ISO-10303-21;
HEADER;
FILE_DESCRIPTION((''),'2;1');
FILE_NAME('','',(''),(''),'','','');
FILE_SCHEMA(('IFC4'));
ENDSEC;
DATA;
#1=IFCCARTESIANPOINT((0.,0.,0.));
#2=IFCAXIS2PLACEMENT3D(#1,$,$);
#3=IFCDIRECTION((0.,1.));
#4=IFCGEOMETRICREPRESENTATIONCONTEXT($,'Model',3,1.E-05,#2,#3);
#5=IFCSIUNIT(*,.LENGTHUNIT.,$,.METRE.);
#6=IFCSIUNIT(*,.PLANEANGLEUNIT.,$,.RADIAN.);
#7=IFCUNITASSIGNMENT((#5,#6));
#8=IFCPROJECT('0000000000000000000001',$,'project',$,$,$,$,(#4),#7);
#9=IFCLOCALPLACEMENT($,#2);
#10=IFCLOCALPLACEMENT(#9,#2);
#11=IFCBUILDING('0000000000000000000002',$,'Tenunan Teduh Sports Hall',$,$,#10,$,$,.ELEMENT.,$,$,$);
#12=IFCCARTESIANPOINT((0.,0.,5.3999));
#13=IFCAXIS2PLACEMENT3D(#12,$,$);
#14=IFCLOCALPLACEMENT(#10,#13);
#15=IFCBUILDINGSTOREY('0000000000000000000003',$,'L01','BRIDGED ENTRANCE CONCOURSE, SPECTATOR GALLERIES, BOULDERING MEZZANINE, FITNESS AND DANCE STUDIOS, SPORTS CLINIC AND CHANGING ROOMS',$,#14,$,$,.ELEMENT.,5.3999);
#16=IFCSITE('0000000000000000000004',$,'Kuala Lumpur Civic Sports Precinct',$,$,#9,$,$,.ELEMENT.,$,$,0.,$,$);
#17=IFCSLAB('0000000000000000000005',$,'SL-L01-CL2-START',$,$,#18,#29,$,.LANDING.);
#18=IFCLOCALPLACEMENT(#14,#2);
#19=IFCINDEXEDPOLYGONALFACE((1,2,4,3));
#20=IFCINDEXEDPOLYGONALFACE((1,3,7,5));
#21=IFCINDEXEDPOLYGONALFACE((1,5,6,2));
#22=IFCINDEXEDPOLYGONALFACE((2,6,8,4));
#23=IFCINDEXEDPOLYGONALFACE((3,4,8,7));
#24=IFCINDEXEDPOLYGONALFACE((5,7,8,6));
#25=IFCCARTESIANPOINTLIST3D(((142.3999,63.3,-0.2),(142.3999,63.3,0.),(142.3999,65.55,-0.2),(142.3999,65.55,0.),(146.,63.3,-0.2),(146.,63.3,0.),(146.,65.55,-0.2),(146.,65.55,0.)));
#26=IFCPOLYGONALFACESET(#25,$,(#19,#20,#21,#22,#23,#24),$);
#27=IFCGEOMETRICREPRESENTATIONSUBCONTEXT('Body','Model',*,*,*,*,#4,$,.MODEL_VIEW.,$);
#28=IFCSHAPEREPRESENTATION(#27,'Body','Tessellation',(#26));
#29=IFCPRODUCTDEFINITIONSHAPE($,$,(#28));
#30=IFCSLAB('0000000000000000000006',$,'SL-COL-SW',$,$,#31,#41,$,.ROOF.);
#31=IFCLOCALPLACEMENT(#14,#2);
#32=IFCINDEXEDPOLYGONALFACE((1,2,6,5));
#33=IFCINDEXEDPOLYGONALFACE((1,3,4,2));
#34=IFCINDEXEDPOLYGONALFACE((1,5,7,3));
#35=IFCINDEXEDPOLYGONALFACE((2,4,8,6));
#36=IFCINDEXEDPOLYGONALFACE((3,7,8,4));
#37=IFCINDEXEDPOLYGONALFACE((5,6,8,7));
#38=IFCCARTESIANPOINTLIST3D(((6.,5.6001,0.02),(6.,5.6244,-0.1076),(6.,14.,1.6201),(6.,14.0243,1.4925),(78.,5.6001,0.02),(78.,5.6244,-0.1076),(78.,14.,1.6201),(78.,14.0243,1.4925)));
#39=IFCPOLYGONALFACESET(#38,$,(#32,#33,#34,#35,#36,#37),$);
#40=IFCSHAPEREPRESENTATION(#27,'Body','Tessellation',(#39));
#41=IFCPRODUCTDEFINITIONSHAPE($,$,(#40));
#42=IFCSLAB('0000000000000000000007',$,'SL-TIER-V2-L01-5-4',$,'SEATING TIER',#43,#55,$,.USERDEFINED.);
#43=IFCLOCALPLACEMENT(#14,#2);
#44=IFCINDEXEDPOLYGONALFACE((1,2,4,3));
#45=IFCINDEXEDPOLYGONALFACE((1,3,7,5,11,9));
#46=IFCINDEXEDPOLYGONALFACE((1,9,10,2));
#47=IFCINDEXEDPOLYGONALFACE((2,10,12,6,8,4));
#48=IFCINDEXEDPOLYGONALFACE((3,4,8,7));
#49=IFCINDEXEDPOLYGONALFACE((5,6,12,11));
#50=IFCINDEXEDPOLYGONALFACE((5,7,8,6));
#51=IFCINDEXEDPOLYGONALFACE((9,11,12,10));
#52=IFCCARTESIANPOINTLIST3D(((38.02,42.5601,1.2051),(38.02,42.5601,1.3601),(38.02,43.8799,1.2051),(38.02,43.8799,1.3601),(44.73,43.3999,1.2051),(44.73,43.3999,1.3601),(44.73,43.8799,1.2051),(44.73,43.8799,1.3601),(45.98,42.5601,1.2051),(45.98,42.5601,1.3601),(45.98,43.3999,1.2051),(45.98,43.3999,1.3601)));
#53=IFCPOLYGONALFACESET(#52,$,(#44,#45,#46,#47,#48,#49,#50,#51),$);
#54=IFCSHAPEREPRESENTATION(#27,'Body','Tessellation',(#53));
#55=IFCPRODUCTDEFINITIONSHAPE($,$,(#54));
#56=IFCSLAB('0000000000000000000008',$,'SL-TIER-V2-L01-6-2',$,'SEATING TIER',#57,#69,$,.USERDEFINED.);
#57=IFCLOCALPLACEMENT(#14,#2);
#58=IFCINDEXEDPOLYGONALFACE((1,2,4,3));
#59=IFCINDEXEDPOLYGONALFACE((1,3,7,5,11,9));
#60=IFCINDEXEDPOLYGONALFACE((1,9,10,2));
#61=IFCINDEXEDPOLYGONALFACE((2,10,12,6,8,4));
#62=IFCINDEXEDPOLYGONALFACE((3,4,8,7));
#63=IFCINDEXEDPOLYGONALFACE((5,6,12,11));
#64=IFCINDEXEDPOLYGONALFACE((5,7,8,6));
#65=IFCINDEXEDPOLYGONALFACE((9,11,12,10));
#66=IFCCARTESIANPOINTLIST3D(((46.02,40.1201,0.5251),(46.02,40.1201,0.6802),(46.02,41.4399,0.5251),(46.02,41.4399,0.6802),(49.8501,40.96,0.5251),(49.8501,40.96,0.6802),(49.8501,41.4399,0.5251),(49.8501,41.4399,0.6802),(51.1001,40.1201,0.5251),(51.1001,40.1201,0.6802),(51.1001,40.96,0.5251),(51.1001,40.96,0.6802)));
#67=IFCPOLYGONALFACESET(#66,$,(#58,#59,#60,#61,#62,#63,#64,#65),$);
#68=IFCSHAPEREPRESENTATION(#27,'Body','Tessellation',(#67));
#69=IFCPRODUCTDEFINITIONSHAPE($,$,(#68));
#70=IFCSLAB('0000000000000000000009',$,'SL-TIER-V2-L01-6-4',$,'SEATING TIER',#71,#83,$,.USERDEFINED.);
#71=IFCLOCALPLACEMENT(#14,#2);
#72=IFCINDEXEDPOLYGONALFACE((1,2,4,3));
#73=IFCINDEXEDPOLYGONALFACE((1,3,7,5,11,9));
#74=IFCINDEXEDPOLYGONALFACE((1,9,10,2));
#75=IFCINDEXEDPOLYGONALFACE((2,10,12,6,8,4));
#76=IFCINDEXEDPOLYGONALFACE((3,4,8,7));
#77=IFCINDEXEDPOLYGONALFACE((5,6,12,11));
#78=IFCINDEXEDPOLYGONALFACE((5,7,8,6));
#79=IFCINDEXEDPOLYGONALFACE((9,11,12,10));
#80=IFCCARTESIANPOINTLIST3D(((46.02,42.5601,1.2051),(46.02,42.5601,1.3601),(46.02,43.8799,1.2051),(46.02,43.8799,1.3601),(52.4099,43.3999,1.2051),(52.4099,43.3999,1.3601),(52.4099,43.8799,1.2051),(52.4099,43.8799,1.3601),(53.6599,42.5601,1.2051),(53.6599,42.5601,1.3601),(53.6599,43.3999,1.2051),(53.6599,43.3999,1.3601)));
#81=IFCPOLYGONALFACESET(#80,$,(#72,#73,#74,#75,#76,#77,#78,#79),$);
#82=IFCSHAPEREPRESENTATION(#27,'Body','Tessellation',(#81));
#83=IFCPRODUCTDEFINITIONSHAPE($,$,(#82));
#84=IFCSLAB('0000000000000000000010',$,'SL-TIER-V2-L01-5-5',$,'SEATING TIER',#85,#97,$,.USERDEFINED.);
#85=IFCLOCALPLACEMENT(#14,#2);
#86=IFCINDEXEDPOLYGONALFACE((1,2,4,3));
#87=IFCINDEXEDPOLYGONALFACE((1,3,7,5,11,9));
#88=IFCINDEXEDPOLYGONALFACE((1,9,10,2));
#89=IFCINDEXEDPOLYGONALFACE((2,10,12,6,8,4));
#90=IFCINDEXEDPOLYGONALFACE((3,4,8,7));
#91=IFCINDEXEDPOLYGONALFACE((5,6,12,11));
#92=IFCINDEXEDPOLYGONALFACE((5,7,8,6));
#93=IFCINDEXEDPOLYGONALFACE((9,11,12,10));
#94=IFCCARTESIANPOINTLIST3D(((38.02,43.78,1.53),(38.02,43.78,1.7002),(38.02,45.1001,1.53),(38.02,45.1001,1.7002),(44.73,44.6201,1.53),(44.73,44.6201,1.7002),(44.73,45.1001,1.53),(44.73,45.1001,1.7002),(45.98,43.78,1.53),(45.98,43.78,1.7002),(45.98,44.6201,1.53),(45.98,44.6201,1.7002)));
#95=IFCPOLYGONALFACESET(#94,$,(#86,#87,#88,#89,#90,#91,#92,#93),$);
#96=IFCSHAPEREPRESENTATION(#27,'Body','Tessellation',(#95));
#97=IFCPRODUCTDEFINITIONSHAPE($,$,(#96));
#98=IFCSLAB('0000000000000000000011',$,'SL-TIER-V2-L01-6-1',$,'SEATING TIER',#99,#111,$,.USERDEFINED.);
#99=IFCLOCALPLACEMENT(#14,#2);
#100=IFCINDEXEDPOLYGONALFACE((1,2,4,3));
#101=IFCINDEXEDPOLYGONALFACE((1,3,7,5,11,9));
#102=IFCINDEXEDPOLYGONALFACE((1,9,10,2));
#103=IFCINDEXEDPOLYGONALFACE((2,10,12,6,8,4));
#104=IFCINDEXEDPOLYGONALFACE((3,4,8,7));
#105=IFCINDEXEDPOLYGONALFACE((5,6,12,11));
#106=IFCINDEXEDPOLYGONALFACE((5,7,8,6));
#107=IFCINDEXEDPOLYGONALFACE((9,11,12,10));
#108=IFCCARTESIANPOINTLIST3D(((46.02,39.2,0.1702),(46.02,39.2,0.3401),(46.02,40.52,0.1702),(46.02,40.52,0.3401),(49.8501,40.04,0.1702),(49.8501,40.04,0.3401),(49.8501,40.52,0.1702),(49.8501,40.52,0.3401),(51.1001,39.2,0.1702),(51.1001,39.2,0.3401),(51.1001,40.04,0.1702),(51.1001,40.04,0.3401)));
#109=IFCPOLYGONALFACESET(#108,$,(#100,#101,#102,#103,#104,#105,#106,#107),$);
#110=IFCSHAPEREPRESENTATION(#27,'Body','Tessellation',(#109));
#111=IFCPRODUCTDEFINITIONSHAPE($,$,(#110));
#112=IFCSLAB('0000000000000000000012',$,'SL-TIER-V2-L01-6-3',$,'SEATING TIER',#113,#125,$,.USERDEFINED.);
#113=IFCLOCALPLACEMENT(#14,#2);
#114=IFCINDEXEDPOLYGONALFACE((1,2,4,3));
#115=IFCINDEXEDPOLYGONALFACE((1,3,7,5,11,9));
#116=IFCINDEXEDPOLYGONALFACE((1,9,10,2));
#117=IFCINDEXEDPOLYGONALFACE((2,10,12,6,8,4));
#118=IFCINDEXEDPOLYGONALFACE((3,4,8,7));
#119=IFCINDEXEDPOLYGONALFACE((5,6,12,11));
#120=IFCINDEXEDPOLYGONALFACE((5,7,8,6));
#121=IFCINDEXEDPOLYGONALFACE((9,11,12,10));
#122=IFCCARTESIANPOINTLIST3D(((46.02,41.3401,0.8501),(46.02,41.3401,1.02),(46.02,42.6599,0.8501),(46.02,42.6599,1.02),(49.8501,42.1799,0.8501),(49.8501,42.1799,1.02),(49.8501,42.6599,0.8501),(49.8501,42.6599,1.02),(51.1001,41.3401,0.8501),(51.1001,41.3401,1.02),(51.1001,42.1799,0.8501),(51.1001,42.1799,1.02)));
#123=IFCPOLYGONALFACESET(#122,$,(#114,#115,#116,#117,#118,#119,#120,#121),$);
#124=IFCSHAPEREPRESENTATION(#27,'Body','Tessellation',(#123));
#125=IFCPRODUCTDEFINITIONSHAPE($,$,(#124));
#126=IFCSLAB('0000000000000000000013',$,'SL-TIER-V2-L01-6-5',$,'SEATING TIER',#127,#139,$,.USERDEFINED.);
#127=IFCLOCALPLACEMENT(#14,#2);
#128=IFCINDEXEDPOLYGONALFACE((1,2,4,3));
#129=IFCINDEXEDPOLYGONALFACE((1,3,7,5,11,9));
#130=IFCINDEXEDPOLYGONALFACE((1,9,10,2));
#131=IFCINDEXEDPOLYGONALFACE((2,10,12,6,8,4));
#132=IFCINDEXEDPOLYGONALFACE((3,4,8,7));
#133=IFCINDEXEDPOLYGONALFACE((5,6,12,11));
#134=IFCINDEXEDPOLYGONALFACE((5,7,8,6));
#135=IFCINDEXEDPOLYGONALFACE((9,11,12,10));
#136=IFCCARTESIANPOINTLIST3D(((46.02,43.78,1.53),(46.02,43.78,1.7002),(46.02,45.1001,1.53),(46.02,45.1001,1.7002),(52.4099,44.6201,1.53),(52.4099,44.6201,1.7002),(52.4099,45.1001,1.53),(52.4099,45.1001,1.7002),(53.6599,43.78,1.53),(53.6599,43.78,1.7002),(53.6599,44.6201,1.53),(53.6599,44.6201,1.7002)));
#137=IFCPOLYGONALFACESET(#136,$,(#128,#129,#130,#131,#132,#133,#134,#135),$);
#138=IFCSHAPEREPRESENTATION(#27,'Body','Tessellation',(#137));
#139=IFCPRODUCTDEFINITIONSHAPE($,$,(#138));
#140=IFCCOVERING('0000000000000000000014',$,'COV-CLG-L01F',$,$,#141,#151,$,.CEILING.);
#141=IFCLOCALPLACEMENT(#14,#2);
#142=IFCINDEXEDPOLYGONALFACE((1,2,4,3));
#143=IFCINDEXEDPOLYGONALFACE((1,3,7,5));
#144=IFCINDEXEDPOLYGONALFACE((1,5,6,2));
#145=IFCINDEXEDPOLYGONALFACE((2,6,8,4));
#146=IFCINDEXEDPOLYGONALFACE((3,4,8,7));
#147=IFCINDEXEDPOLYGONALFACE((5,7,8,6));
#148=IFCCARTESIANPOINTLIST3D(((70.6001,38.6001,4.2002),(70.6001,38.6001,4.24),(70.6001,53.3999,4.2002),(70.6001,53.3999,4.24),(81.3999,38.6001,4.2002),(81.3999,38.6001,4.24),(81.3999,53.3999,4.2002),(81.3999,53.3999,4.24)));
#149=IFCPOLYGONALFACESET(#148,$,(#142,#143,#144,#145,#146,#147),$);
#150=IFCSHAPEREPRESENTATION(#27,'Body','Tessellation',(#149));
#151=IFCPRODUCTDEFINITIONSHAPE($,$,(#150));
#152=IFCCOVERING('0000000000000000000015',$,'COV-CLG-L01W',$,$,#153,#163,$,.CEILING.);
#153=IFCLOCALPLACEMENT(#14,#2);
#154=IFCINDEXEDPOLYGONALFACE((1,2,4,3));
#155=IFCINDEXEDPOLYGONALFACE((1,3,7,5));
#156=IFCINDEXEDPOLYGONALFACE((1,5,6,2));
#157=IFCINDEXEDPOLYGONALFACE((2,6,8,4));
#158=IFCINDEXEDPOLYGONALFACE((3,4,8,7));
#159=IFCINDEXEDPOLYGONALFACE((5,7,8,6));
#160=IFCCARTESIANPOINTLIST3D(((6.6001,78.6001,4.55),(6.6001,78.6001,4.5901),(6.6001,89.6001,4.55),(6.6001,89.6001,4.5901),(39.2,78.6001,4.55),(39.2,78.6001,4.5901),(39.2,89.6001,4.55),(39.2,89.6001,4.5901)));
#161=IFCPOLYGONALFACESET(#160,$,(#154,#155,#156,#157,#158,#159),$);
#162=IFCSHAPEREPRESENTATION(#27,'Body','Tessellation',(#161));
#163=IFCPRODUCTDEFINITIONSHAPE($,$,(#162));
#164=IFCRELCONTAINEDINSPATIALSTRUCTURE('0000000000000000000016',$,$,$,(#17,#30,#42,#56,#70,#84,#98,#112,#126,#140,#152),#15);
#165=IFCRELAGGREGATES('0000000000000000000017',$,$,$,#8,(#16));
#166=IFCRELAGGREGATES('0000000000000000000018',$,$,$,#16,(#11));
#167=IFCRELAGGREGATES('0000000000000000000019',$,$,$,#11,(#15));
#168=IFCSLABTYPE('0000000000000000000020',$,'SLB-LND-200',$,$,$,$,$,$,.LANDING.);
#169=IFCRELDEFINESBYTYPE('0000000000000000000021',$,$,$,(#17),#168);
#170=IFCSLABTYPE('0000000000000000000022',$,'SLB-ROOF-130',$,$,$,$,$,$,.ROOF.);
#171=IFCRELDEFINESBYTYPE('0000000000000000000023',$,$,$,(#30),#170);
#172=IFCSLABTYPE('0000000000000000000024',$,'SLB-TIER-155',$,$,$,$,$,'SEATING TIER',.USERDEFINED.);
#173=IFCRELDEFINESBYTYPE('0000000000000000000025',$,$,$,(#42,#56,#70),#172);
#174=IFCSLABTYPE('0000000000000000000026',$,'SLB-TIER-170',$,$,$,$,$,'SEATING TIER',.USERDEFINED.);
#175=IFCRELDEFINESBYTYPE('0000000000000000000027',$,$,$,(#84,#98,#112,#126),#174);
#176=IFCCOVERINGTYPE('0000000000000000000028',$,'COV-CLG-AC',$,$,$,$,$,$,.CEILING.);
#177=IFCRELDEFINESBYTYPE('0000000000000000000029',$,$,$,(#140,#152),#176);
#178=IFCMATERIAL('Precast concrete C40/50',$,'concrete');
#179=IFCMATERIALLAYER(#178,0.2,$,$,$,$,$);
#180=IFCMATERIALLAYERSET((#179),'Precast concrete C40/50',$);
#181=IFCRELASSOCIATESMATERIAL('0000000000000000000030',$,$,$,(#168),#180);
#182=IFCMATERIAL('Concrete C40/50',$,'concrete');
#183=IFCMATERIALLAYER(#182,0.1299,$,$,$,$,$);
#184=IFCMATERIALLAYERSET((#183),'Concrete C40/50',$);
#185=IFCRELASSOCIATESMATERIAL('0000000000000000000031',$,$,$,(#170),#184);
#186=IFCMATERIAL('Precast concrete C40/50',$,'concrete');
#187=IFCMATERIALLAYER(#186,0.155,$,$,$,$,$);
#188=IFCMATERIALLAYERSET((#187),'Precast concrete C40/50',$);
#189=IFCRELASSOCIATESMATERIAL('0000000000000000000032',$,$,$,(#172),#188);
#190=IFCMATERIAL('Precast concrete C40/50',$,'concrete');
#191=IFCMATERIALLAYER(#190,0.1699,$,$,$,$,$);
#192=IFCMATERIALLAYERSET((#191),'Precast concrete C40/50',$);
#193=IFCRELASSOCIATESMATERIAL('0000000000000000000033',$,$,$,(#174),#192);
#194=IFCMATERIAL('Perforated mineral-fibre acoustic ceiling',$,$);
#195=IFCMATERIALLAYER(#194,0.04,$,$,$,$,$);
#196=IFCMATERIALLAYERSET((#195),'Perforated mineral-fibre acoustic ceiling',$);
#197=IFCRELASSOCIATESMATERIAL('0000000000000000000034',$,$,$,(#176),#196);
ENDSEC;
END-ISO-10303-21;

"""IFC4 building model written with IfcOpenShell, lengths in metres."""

from ifc_helpers import new_model, si_unit, direction, frame, origin, place, context, subcontext, project, spatial, polyline, outline, extrude, material, layer, layer_set, type_object, element, save


model = new_model("IFC4")

# Units and contexts
model_context = context("Model", 3, precision=1e-05, world=origin(), true_north=direction((0.0, 1.0)))
body_context = subcontext(model_context, "Body", "Model", "MODEL_VIEW")
ifc_project = project(units=[si_unit("LENGTHUNIT", "METRE"), si_unit("PLANEANGLEUNIT", "RADIAN")], contexts=[model_context])

# Site, building, storey
site_placement = place(None, origin())
site = spatial("IfcSite", under=ifc_project, at=site_placement, Name="Kuala Lumpur Civic Sports Precinct", CompositionType="ELEMENT", RefElevation=0.0)
building_placement = place(site_placement, origin())
building = spatial("IfcBuilding", under=site, at=building_placement, Name="Tenunan Teduh Sports Hall", CompositionType="ELEMENT")
storey_placement = place(building_placement, frame((0.0, 0.0, 5.3999)))
storey = spatial("IfcBuildingStorey", under=building, at=storey_placement, Name="L01", Description="BRIDGED ENTRANCE CONCOURSE, SPECTATOR GALLERIES, BOULDERING MEZZANINE, FITNESS AND DANCE STUDIOS, SPORTS CLINIC AND CHANGING ROOMS", CompositionType="ELEMENT", Elevation=5.3999)

# Shared definitions
ifc_material_1 = material(Name="Precast concrete C40/50", Category="concrete")
ifc_layer_1 = layer(ifc_material_1, 0.2)
ifc_layer_set_1 = layer_set([ifc_layer_1], Name="Precast concrete C40/50")
slab_type_1 = type_object("IfcSlabType", Name="SLB-LND-200", PredefinedType="LANDING", material=ifc_layer_set_1)

# Slabs
slab_1_placement = place(storey_placement, frame((0.0, 0.0, -0.2)))
element("IfcSlab", 1, at=slab_1_placement, inside=storey, type_object=slab_type_1, Name="SL-L01-CL2-START", PredefinedType="LANDING", context=body_context, shape_type="SweptSolid", body=[
    extrude(outline(polyline([(142.3999, 63.3), (146.0, 63.3), (146.0, 65.55), (142.3999, 65.55), (142.3999, 63.3)])), origin(), (0.0, 0.0, 1.0), 0.2),
])
ifc_material_2 = material(Name="Concrete C40/50", Category="concrete")
ifc_layer_2 = layer(ifc_material_2, 0.1299)
ifc_layer_set_2 = layer_set([ifc_layer_2], Name="Concrete C40/50")
slab_type_2 = type_object("IfcSlabType", Name="SLB-ROOF-130", PredefinedType="ROOF", material=ifc_layer_set_2)
slab_2_placement = place(storey_placement, frame((6.0, 5.6001, 0.02), z_axis=(0.0, -0.187125, 0.982336), x_axis=(1.0, 0.0, 0.0)))
element("IfcSlab", 2, at=slab_2_placement, inside=storey, type_object=slab_type_2, Name="SL-COL-SW", PredefinedType="ROOF", context=body_context, shape_type="SweptSolid", body=[
    extrude(outline(polyline([(0.0, 0.0), (72.0, 0.0), (72.0, 8.5509), (0.0, 8.5509), (0.0, 0.0)])), origin(), (0.0, 0.0, -1.0), 0.1299),
])
ifc_material_3 = material(Name="Precast concrete C40/50", Category="concrete")
ifc_layer_3 = layer(ifc_material_3, 0.155)
ifc_layer_set_3 = layer_set([ifc_layer_3], Name="Precast concrete C40/50")
slab_type_3 = type_object("IfcSlabType", Name="SLB-TIER-155", ElementType="SEATING TIER", PredefinedType="USERDEFINED", material=ifc_layer_set_3)
slab_3_placement = place(storey_placement, frame((0.0, 0.0, 1.2051)))
element("IfcSlab", 3, at=slab_3_placement, inside=storey, type_object=slab_type_3, Name="SL-TIER-V2-L01-5-4", ObjectType="SEATING TIER", PredefinedType="USERDEFINED", context=body_context, shape_type="SweptSolid", body=[
    extrude(outline(polyline([(38.02, 42.5601), (45.98, 42.5601), (45.98, 43.3999), (44.73, 43.3999), (44.73, 43.8799), (38.02, 43.8799), (38.02, 42.5601)])), origin(), (0.0, 0.0, 1.0), 0.155),
])
slab_4_placement = place(storey_placement, frame((0.0, 0.0, 0.5251)))
element("IfcSlab", 4, at=slab_4_placement, inside=storey, type_object=slab_type_3, Name="SL-TIER-V2-L01-6-2", ObjectType="SEATING TIER", PredefinedType="USERDEFINED", context=body_context, shape_type="SweptSolid", body=[
    extrude(outline(polyline([(46.02, 40.1201), (51.1001, 40.1201), (51.1001, 40.96), (49.8501, 40.96), (49.8501, 41.4399), (46.02, 41.4399), (46.02, 40.1201)])), origin(), (0.0, 0.0, 1.0), 0.155),
])
slab_5_placement = place(storey_placement, frame((0.0, 0.0, 1.2051)))
element("IfcSlab", 5, at=slab_5_placement, inside=storey, type_object=slab_type_3, Name="SL-TIER-V2-L01-6-4", ObjectType="SEATING TIER", PredefinedType="USERDEFINED", context=body_context, shape_type="SweptSolid", body=[
    extrude(outline(polyline([(46.02, 42.5601), (53.6599, 42.5601), (53.6599, 43.3999), (52.4099, 43.3999), (52.4099, 43.8799), (46.02, 43.8799), (46.02, 42.5601)])), origin(), (0.0, 0.0, 1.0), 0.155),
])
ifc_material_4 = material(Name="Precast concrete C40/50", Category="concrete")
ifc_layer_4 = layer(ifc_material_4, 0.1699)
ifc_layer_set_4 = layer_set([ifc_layer_4], Name="Precast concrete C40/50")
slab_type_4 = type_object("IfcSlabType", Name="SLB-TIER-170", ElementType="SEATING TIER", PredefinedType="USERDEFINED", material=ifc_layer_set_4)
slab_6_placement = place(storey_placement, frame((0.0, 0.0, 1.53)))
element("IfcSlab", 6, at=slab_6_placement, inside=storey, type_object=slab_type_4, Name="SL-TIER-V2-L01-5-5", ObjectType="SEATING TIER", PredefinedType="USERDEFINED", context=body_context, shape_type="SweptSolid", body=[
    extrude(outline(polyline([(38.02, 43.78), (45.98, 43.78), (45.98, 44.6201), (44.73, 44.6201), (44.73, 45.1001), (38.02, 45.1001), (38.02, 43.78)])), origin(), (0.0, 0.0, 1.0), 0.1702),
])
slab_7_placement = place(storey_placement, frame((0.0, 0.0, 0.1702)))
element("IfcSlab", 7, at=slab_7_placement, inside=storey, type_object=slab_type_4, Name="SL-TIER-V2-L01-6-1", ObjectType="SEATING TIER", PredefinedType="USERDEFINED", context=body_context, shape_type="SweptSolid", body=[
    extrude(outline(polyline([(46.02, 39.2), (51.1001, 39.2), (51.1001, 40.04), (49.8501, 40.04), (49.8501, 40.52), (46.02, 40.52), (46.02, 39.2)])), origin(), (0.0, 0.0, 1.0), 0.1699),
])
slab_8_placement = place(storey_placement, frame((0.0, 0.0, 0.8501)))
element("IfcSlab", 8, at=slab_8_placement, inside=storey, type_object=slab_type_4, Name="SL-TIER-V2-L01-6-3", ObjectType="SEATING TIER", PredefinedType="USERDEFINED", context=body_context, shape_type="SweptSolid", body=[
    extrude(outline(polyline([(46.02, 41.3401), (51.1001, 41.3401), (51.1001, 42.1799), (49.8501, 42.1799), (49.8501, 42.6599), (46.02, 42.6599), (46.02, 41.3401)])), origin(), (0.0, 0.0, 1.0), 0.1699),
])
slab_9_placement = place(storey_placement, frame((0.0, 0.0, 1.53)))
element("IfcSlab", 9, at=slab_9_placement, inside=storey, type_object=slab_type_4, Name="SL-TIER-V2-L01-6-5", ObjectType="SEATING TIER", PredefinedType="USERDEFINED", context=body_context, shape_type="SweptSolid", body=[
    extrude(outline(polyline([(46.02, 43.78), (53.6599, 43.78), (53.6599, 44.6201), (52.4099, 44.6201), (52.4099, 45.1001), (46.02, 45.1001), (46.02, 43.78)])), origin(), (0.0, 0.0, 1.0), 0.1702),
])

# Coverings
ifc_material_5 = material(Name="Perforated mineral-fibre acoustic ceiling")
ifc_layer_5 = layer(ifc_material_5, 0.04)
ifc_layer_set_5 = layer_set([ifc_layer_5], Name="Perforated mineral-fibre acoustic ceiling")
covering_type = type_object("IfcCoveringType", Name="COV-CLG-AC", PredefinedType="CEILING", material=ifc_layer_set_5)
covering_1_placement = place(storey_placement, frame((0.0, 0.0, 4.2002)))
element("IfcCovering", 10, at=covering_1_placement, inside=storey, type_object=covering_type, Name="COV-CLG-L01F", PredefinedType="CEILING", context=body_context, shape_type="SweptSolid", body=[
    extrude(outline(polyline([(70.6001, 38.6001), (81.3999, 38.6001), (81.3999, 53.3999), (70.6001, 53.3999), (70.6001, 38.6001)])), origin(), (0.0, 0.0, 1.0), 0.0398),
])
covering_2_placement = place(storey_placement, frame((0.0, 0.0, 4.55)))
element("IfcCovering", 11, at=covering_2_placement, inside=storey, type_object=covering_type, Name="COV-CLG-L01W", PredefinedType="CEILING", context=body_context, shape_type="SweptSolid", body=[
    extrude(outline(polyline([(6.6001, 78.6001), (39.2, 78.6001), (39.2, 89.6001), (6.6001, 89.6001), (6.6001, 78.6001)])), origin(), (0.0, 0.0, 1.0), 0.04),
])

save(model, "model.ifc")
